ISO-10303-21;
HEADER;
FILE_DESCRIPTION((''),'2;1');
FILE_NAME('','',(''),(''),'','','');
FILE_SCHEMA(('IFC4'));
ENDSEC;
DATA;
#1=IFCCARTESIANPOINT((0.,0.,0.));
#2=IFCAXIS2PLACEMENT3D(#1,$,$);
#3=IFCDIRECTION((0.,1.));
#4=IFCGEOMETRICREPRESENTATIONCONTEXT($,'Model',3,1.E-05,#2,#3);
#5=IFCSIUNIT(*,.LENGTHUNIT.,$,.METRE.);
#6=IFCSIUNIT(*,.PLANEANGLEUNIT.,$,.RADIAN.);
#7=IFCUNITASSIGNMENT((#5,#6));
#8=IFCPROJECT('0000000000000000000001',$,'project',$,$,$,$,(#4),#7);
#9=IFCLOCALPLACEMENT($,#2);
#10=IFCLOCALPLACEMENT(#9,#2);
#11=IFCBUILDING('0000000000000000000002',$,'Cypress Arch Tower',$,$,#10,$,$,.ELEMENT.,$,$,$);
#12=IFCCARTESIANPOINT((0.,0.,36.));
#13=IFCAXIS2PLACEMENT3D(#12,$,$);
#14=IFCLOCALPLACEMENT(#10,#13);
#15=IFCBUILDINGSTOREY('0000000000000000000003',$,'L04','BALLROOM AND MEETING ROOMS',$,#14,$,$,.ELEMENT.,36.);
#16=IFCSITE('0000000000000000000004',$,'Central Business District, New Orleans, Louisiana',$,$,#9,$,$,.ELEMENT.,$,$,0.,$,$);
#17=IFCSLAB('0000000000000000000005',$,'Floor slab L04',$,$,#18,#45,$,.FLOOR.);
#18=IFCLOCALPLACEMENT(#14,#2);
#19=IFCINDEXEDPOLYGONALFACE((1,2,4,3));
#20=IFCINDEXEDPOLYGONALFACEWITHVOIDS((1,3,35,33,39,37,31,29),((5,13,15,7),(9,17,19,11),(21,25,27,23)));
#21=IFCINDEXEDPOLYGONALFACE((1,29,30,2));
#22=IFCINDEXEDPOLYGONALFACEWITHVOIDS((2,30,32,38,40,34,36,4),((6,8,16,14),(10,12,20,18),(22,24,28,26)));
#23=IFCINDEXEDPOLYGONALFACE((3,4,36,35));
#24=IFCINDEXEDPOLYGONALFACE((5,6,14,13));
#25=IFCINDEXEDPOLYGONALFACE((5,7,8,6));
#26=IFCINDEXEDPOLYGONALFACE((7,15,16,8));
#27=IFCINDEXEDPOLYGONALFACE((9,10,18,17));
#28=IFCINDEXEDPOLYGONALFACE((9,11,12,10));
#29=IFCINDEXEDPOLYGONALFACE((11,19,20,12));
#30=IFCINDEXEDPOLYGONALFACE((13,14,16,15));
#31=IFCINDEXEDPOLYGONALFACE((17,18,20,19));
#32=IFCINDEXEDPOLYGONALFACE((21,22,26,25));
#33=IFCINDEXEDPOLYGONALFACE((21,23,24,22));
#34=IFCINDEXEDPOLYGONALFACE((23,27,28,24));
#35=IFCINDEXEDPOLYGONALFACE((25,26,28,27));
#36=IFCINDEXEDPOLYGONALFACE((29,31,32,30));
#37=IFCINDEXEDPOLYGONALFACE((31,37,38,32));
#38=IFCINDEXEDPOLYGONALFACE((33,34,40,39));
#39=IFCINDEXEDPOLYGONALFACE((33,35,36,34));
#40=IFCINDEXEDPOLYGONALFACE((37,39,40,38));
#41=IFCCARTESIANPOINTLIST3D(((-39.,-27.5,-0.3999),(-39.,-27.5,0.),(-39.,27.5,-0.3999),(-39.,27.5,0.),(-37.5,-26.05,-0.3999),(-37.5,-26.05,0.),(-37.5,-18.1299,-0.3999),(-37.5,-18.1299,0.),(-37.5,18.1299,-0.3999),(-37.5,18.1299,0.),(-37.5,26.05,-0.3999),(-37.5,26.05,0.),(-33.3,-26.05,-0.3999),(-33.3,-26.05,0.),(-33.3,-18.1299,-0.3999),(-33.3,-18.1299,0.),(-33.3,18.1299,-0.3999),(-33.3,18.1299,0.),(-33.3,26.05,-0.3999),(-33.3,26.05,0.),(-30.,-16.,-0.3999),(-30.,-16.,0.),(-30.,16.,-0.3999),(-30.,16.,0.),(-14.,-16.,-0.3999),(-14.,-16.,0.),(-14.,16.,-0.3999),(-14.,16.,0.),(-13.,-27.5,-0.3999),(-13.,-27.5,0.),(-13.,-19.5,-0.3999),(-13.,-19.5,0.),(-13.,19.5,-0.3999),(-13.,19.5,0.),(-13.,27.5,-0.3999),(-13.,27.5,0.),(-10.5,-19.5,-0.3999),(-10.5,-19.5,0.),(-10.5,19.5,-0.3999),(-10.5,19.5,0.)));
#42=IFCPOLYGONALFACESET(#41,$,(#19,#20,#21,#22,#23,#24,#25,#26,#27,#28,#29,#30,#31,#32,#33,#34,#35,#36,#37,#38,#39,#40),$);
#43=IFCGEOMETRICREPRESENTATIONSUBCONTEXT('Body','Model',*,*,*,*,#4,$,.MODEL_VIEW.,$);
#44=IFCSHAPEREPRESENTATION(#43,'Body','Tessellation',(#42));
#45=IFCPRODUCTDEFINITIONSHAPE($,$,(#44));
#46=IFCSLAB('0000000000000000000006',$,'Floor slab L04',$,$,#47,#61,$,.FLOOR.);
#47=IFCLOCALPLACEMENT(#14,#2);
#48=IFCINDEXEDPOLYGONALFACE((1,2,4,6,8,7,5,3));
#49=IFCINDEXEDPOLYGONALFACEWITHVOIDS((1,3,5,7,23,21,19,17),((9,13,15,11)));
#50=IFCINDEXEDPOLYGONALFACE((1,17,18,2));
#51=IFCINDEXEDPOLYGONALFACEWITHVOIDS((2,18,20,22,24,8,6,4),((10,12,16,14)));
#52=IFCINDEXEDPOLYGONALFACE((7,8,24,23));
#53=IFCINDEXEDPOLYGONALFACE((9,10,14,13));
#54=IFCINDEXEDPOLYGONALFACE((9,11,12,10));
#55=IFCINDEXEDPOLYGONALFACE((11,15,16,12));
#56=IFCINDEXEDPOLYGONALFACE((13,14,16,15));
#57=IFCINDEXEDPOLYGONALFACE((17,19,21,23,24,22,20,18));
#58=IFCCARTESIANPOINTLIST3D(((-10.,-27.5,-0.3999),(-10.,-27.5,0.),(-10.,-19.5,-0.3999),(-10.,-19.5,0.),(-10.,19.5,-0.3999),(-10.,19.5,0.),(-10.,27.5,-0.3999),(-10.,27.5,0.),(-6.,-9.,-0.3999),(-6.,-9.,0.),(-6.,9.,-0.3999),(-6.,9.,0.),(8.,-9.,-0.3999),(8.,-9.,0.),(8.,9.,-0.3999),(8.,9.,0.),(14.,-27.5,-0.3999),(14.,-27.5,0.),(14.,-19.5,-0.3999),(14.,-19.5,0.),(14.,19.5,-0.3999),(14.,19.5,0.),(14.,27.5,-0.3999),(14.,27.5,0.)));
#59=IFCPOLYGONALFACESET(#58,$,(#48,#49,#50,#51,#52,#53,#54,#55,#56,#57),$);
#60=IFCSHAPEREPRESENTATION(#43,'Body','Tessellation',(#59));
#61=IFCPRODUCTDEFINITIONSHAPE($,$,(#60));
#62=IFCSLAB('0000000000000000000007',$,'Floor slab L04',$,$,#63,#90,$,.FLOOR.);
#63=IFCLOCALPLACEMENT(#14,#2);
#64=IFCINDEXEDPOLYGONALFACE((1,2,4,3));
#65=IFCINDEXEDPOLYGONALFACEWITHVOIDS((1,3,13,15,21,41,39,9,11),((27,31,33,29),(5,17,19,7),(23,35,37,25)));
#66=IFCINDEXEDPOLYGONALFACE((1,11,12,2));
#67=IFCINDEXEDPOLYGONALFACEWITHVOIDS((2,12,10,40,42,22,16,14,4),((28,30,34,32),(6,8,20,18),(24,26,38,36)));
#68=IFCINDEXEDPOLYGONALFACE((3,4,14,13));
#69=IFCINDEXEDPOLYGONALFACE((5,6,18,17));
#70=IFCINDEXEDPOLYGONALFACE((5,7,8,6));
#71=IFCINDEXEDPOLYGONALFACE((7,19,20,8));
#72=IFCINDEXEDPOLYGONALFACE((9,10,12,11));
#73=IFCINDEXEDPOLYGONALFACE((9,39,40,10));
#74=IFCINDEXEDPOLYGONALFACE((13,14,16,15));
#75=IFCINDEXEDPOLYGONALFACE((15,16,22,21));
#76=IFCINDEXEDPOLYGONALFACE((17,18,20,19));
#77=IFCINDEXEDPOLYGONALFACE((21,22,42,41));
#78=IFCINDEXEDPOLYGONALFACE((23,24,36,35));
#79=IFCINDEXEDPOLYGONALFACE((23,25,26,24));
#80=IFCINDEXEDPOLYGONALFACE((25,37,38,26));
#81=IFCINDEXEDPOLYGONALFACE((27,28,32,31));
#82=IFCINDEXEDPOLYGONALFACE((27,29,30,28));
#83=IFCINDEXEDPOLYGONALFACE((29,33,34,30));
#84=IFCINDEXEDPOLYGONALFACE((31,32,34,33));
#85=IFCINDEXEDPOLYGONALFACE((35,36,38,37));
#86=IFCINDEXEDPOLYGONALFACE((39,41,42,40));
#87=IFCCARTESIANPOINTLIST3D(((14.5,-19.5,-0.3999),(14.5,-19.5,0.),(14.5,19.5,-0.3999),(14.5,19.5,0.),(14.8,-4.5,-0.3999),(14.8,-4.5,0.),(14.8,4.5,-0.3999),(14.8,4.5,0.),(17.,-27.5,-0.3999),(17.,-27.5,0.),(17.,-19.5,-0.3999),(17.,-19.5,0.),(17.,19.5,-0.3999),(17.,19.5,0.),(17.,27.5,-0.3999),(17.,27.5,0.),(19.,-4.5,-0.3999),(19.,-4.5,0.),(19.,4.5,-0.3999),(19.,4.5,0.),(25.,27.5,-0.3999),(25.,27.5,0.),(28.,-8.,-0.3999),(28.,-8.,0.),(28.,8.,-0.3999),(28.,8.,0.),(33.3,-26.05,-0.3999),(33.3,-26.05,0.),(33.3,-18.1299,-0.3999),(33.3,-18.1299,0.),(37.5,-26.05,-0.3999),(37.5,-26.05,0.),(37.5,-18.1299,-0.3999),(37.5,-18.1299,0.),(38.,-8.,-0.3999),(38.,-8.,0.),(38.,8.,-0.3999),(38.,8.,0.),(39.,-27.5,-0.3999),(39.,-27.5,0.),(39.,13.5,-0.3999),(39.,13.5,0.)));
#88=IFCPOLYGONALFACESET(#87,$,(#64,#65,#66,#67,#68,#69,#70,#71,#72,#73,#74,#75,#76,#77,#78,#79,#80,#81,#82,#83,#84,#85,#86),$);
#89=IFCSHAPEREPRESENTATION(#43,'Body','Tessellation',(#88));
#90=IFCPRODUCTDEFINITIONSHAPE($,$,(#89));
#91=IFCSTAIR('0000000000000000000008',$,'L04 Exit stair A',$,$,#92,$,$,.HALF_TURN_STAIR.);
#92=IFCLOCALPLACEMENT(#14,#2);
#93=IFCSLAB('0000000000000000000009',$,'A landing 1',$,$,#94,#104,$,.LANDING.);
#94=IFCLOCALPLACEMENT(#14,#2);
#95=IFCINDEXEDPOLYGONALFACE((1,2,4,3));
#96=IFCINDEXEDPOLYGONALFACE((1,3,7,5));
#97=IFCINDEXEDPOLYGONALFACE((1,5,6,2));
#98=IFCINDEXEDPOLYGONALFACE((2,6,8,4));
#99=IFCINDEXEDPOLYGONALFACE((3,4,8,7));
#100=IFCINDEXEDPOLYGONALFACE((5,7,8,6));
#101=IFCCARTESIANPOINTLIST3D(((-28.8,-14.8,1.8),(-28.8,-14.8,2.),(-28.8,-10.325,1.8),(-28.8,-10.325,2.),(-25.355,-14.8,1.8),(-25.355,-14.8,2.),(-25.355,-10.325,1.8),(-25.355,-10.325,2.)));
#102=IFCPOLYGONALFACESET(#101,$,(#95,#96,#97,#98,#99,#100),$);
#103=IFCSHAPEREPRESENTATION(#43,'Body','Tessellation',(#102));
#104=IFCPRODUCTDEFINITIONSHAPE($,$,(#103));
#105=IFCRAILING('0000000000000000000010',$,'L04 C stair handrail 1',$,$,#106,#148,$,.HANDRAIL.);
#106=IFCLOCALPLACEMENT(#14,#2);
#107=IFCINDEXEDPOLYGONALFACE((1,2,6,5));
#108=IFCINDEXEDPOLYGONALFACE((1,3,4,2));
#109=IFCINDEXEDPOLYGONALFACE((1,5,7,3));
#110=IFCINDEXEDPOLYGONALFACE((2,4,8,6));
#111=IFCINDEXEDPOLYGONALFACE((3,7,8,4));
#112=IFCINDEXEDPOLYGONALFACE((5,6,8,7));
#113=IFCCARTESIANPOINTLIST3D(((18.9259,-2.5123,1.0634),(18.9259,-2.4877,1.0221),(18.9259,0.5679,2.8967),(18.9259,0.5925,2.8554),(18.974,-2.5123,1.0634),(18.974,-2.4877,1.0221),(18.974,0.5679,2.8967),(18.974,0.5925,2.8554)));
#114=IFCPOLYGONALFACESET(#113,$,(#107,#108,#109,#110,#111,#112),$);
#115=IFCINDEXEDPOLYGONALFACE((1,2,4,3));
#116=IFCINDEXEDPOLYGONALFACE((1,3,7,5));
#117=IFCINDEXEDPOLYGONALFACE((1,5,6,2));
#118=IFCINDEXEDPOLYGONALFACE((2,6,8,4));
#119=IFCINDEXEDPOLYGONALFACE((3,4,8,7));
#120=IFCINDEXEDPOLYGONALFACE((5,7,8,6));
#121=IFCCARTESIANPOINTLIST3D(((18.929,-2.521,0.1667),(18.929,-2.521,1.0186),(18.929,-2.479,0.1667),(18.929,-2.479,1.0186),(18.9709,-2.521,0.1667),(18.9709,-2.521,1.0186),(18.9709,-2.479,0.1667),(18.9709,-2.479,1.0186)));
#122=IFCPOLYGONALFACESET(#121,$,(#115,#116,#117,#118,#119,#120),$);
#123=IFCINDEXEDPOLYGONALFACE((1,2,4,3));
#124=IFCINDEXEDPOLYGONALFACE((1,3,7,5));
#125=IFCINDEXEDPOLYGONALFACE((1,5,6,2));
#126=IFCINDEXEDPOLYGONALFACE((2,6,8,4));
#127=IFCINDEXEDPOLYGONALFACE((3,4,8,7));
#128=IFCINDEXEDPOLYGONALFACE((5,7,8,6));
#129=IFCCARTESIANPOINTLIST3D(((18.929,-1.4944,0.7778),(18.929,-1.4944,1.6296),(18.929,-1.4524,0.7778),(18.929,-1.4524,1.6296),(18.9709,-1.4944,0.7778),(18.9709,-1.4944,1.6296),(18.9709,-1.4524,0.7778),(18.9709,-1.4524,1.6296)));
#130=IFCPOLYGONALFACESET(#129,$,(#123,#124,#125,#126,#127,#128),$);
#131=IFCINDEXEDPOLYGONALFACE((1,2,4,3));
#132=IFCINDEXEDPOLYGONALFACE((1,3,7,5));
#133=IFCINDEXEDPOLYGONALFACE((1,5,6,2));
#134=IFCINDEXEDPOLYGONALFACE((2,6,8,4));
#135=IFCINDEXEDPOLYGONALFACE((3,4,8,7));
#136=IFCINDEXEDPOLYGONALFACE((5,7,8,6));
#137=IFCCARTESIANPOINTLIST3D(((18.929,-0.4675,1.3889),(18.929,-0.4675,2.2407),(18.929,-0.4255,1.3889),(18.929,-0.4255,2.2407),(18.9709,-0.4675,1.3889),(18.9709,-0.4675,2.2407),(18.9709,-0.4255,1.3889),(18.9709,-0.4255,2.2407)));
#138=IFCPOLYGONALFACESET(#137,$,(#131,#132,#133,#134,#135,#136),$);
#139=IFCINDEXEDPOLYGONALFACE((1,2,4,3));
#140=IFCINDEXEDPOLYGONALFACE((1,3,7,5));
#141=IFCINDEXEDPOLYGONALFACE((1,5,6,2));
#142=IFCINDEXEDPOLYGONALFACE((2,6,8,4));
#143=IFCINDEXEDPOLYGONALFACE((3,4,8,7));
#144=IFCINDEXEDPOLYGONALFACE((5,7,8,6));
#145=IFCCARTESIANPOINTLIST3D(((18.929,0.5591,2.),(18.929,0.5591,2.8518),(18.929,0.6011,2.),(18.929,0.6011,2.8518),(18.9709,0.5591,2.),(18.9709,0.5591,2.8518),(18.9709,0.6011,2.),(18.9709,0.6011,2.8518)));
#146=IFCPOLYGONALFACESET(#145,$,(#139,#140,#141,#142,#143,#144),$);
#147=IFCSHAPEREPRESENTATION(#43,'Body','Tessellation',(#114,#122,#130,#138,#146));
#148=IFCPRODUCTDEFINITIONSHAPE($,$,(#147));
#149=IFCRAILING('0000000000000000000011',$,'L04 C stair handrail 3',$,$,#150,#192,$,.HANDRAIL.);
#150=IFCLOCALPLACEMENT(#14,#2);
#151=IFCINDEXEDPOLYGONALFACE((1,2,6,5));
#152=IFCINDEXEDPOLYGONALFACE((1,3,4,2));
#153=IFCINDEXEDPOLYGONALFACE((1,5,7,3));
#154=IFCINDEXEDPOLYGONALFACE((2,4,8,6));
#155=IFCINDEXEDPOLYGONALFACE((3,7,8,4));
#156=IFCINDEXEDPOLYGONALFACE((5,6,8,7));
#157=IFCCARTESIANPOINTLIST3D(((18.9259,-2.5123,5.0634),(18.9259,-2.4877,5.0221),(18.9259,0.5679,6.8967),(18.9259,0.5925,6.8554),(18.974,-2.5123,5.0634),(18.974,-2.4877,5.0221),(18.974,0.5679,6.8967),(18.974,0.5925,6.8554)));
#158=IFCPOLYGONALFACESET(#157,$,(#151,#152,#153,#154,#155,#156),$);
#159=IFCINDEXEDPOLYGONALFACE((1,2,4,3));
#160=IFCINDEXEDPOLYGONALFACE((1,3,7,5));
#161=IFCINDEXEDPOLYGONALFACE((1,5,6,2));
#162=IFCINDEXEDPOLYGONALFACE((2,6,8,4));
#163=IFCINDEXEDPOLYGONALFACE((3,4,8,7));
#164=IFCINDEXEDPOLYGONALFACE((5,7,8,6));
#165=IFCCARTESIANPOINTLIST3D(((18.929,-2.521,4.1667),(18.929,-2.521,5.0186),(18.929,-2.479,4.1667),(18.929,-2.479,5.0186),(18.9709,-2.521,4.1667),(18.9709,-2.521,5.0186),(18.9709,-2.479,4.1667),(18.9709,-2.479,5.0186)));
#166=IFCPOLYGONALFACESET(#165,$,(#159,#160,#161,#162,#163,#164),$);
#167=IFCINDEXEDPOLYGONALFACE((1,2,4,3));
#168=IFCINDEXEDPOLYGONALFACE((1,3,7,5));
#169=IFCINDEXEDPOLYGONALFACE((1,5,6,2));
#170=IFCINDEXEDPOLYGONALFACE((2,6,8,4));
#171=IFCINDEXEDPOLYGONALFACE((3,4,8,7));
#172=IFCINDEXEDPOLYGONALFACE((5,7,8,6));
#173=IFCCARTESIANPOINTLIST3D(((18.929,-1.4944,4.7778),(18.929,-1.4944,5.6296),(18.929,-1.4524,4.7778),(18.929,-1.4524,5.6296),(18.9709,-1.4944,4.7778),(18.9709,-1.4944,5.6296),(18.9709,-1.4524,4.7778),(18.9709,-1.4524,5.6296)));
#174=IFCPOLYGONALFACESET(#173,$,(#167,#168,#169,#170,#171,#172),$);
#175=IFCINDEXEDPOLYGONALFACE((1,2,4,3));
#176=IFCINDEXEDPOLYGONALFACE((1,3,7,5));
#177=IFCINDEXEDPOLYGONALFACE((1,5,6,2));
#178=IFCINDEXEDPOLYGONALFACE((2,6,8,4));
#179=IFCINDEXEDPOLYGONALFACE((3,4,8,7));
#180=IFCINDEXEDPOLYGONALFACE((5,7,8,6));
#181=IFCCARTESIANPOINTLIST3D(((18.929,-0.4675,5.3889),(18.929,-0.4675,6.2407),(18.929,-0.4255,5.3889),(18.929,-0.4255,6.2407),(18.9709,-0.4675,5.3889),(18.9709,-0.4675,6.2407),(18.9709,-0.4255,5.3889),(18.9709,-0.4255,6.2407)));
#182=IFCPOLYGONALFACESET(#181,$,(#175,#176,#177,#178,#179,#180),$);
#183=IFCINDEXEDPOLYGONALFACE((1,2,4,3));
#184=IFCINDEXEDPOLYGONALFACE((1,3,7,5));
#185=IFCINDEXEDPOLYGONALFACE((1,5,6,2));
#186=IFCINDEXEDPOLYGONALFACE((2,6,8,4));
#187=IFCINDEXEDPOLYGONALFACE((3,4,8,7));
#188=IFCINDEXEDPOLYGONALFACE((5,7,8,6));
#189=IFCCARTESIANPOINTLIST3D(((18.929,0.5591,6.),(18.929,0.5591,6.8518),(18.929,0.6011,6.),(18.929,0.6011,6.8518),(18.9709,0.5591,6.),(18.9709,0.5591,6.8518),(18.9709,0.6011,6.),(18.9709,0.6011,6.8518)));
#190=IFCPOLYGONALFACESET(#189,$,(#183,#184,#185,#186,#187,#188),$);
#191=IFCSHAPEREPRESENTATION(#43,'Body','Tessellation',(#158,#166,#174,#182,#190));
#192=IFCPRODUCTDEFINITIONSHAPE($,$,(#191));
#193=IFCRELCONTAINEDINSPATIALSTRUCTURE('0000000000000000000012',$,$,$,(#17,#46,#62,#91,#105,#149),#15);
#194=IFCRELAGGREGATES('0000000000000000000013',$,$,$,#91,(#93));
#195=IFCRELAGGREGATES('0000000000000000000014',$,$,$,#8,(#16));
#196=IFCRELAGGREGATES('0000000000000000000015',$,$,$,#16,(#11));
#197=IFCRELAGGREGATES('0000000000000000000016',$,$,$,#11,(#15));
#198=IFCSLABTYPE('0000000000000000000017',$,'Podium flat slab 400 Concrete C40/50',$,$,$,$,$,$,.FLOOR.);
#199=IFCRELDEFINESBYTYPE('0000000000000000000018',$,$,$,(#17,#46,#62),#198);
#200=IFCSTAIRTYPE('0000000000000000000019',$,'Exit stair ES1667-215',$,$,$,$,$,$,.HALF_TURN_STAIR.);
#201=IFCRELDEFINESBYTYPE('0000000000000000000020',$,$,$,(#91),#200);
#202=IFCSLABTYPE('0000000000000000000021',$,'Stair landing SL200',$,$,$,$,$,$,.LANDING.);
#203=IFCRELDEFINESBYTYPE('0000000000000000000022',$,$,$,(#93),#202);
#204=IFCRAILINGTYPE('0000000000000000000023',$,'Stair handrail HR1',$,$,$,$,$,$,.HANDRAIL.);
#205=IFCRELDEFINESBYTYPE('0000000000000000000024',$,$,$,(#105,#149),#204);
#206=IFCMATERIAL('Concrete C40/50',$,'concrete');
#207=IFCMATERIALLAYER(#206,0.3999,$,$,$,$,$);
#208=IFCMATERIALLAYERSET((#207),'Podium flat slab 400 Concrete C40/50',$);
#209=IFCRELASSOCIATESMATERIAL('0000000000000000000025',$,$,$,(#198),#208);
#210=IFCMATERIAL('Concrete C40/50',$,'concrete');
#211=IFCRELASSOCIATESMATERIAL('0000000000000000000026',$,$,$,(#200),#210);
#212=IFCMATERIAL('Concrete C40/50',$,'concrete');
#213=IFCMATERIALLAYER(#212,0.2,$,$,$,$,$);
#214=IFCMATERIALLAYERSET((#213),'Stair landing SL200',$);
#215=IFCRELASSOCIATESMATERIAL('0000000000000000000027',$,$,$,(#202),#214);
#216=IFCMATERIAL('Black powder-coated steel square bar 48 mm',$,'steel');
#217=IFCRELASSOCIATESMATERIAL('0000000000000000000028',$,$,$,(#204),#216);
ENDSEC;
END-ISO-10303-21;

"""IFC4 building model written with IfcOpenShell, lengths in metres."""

from ifc_helpers import new_model, si_unit, direction, frame, origin, origin_2d, place, context, subcontext, project, spatial, polyline, rectangle, outline, extrude, material, layer, layer_set, type_object, element, aggregate, save


model = new_model("IFC4")

# Units and contexts
model_context = context("Model", 3, precision=1e-05, world=origin(), true_north=direction((0.0, 1.0)))
body_context = subcontext(model_context, "Body", "Model", "MODEL_VIEW")
ifc_project = project(units=[si_unit("LENGTHUNIT", "METRE"), si_unit("PLANEANGLEUNIT", "RADIAN")], contexts=[model_context])

# Site, building, storey
site_placement = place(None, origin())
site = spatial("IfcSite", under=ifc_project, at=site_placement, Name="Central Business District, New Orleans, Louisiana", CompositionType="ELEMENT", RefElevation=0.0)
building_placement = place(site_placement, origin())
building = spatial("IfcBuilding", under=site, at=building_placement, Name="Cypress Arch Tower", CompositionType="ELEMENT")
storey_placement = place(building_placement, frame((0.0, 0.0, 36.0)))
storey = spatial("IfcBuildingStorey", under=building, at=storey_placement, Name="L04", Description="BALLROOM AND MEETING ROOMS", CompositionType="ELEMENT", Elevation=36.0)

# Slabs
ifc_material_1 = material(Name="Concrete C40/50", Category="concrete")
ifc_layer_1 = layer(ifc_material_1, 0.3999)
ifc_layer_set_1 = layer_set([ifc_layer_1], Name="Podium flat slab 400 Concrete C40/50")
slab_type_1 = type_object("IfcSlabType", Name="Podium flat slab 400 Concrete C40/50", PredefinedType="FLOOR", material=ifc_layer_set_1)
slab_1_placement = place(storey_placement, frame((0.0, 0.0, -0.3999)))
element("IfcSlab", 1, at=slab_1_placement, inside=storey, type_object=slab_type_1, Name="Floor slab L04", PredefinedType="FLOOR", context=body_context, shape_type="SweptSolid", body=[
    extrude(outline(polyline([(-39.0, -27.5), (-39.0, 27.5), (-13.0, 27.5), (-13.0, 19.5), (-10.5, 19.5), (-10.5, -19.5), (-13.0, -19.5), (-13.0, -27.5), (-39.0, -27.5)]), holes=[polyline([(-33.3, -18.1299), (-37.5, -18.1299), (-37.5, -26.05), (-33.3, -26.05), (-33.3, -18.1299)]), polyline([(-14.0, 16.0), (-30.0, 16.0), (-30.0, -16.0), (-14.0, -16.0), (-14.0, 16.0)]), polyline([(-37.5, 18.1299), (-33.3, 18.1299), (-33.3, 26.05), (-37.5, 26.05), (-37.5, 18.1299)])]), origin(), (0.0, 0.0, 1.0), 0.3999),
])
slab_2_placement = place(storey_placement, frame((0.0, 0.0, -0.3999)))
element("IfcSlab", 2, at=slab_2_placement, inside=storey, type_object=slab_type_1, Name="Floor slab L04", PredefinedType="FLOOR", context=body_context, shape_type="SweptSolid", body=[
    extrude(outline(polyline([(-10.0, -27.5), (-10.0, -19.5), (-10.0, 19.5), (-10.0, 27.5), (14.0, 27.5), (14.0, 19.5), (14.0, -19.5), (14.0, -27.5), (-10.0, -27.5)]), holes=[polyline([(8.0, 9.0), (-6.0, 9.0), (-6.0, -9.0), (8.0, -9.0), (8.0, 9.0)])]), origin(), (0.0, 0.0, 1.0), 0.3999),
])
slab_3_placement = place(storey_placement, frame((0.0, 0.0, -0.3999)))
element("IfcSlab", 3, at=slab_3_placement, inside=storey, type_object=slab_type_1, Name="Floor slab L04", PredefinedType="FLOOR", context=body_context, shape_type="SweptSolid", body=[
    extrude(outline(polyline([(25.0, 27.5), (39.0, 13.5), (39.0, -27.5), (17.0, -27.5), (17.0, -19.5), (14.5, -19.5), (14.5, 19.5), (17.0, 19.5), (17.0, 27.5), (25.0, 27.5)]), holes=[polyline([(37.5, -18.1299), (33.3, -18.1299), (33.3, -26.05), (37.5, -26.05), (37.5, -18.1299)]), polyline([(19.0, 4.5), (14.8, 4.5), (14.8, -4.5), (19.0, -4.5), (19.0, 4.5)]), polyline([(38.0, 8.0), (28.0, 8.0), (28.0, -8.0), (38.0, -8.0), (38.0, 8.0)])]), origin(), (0.0, 0.0, 1.0), 0.3999),
])

# Stair, slab
ifc_material_2 = material(Name="Concrete C40/50", Category="concrete")
stair_type = type_object("IfcStairType", Name="Exit stair ES1667-215", PredefinedType="HALF_TURN_STAIR", material=ifc_material_2)
stair_placement = place(storey_placement, origin())
stair = element("IfcStair", 4, at=stair_placement, inside=storey, type_object=stair_type, Name="L04 Exit stair A", PredefinedType="HALF_TURN_STAIR")
ifc_material_3 = material(Name="Concrete C40/50", Category="concrete")
ifc_layer_2 = layer(ifc_material_3, 0.2)
ifc_layer_set_2 = layer_set([ifc_layer_2], Name="Stair landing SL200")
slab_type_2 = type_object("IfcSlabType", Name="Stair landing SL200", PredefinedType="LANDING", material=ifc_layer_set_2)
slab_4_placement = place(storey_placement, frame((0.0, 0.0, 1.8)))
slab_4 = element("IfcSlab", 5, at=slab_4_placement, type_object=slab_type_2, Name="A landing 1", PredefinedType="LANDING", context=body_context, shape_type="SweptSolid", body=[
    extrude(outline(polyline([(-25.355, -10.325), (-28.8, -10.325), (-28.8, -14.8), (-25.355, -14.8), (-25.355, -10.325)])), origin(), (0.0, 0.0, 1.0), 0.2),
])
aggregate(stair, [slab_4])

# Railings
ifc_material_4 = material(Name="Black powder-coated steel square bar 48 mm", Category="steel")
railing_type_1 = type_object("IfcRailingType", Name="Stair handrail HR1", PredefinedType="HANDRAIL", material=ifc_material_4)
for number, where, name in (
    (6, (18.95, -2.5, 0.1667), "L04 C stair handrail 1"),
    (7, (18.95, -2.5, 4.1667), "L04 C stair handrail 3"),
):
    element("IfcRailing", number, at=place(storey_placement, frame(where)), inside=storey, type_object=railing_type_1, Name=name, PredefinedType="HANDRAIL", context=body_context, shape_type="SweptSolid", body=[
        extrude(rectangle(XDim=0.0481, YDim=0.0481, at=origin_2d()), frame((0.0, 0.0, 0.876), z_axis=(0.0, 0.859309, 0.511458), x_axis=(-1.0, 0.0, 0.0)), (0.0, 0.0, 1.0), 3.5845),
        extrude(rectangle(XDim=0.042, YDim=0.042, at=origin_2d()), origin(), (0.0, 0.0, 1.0), 0.8518),
        extrude(rectangle(XDim=0.042, YDim=0.042, at=origin_2d()), frame((0.0, 1.0266, 0.6111)), (0.0, 0.0, 1.0), 0.8518),
        extrude(rectangle(XDim=0.042, YDim=0.042, at=origin_2d()), frame((0.0, 2.0535, 1.2222)), (0.0, 0.0, 1.0), 0.8518),
        extrude(rectangle(XDim=0.042, YDim=0.042, at=origin_2d()), frame((0.0, 3.0801, 1.8333)), (0.0, 0.0, 1.0), 0.8518),
    ])

save(model, "model.ifc")
